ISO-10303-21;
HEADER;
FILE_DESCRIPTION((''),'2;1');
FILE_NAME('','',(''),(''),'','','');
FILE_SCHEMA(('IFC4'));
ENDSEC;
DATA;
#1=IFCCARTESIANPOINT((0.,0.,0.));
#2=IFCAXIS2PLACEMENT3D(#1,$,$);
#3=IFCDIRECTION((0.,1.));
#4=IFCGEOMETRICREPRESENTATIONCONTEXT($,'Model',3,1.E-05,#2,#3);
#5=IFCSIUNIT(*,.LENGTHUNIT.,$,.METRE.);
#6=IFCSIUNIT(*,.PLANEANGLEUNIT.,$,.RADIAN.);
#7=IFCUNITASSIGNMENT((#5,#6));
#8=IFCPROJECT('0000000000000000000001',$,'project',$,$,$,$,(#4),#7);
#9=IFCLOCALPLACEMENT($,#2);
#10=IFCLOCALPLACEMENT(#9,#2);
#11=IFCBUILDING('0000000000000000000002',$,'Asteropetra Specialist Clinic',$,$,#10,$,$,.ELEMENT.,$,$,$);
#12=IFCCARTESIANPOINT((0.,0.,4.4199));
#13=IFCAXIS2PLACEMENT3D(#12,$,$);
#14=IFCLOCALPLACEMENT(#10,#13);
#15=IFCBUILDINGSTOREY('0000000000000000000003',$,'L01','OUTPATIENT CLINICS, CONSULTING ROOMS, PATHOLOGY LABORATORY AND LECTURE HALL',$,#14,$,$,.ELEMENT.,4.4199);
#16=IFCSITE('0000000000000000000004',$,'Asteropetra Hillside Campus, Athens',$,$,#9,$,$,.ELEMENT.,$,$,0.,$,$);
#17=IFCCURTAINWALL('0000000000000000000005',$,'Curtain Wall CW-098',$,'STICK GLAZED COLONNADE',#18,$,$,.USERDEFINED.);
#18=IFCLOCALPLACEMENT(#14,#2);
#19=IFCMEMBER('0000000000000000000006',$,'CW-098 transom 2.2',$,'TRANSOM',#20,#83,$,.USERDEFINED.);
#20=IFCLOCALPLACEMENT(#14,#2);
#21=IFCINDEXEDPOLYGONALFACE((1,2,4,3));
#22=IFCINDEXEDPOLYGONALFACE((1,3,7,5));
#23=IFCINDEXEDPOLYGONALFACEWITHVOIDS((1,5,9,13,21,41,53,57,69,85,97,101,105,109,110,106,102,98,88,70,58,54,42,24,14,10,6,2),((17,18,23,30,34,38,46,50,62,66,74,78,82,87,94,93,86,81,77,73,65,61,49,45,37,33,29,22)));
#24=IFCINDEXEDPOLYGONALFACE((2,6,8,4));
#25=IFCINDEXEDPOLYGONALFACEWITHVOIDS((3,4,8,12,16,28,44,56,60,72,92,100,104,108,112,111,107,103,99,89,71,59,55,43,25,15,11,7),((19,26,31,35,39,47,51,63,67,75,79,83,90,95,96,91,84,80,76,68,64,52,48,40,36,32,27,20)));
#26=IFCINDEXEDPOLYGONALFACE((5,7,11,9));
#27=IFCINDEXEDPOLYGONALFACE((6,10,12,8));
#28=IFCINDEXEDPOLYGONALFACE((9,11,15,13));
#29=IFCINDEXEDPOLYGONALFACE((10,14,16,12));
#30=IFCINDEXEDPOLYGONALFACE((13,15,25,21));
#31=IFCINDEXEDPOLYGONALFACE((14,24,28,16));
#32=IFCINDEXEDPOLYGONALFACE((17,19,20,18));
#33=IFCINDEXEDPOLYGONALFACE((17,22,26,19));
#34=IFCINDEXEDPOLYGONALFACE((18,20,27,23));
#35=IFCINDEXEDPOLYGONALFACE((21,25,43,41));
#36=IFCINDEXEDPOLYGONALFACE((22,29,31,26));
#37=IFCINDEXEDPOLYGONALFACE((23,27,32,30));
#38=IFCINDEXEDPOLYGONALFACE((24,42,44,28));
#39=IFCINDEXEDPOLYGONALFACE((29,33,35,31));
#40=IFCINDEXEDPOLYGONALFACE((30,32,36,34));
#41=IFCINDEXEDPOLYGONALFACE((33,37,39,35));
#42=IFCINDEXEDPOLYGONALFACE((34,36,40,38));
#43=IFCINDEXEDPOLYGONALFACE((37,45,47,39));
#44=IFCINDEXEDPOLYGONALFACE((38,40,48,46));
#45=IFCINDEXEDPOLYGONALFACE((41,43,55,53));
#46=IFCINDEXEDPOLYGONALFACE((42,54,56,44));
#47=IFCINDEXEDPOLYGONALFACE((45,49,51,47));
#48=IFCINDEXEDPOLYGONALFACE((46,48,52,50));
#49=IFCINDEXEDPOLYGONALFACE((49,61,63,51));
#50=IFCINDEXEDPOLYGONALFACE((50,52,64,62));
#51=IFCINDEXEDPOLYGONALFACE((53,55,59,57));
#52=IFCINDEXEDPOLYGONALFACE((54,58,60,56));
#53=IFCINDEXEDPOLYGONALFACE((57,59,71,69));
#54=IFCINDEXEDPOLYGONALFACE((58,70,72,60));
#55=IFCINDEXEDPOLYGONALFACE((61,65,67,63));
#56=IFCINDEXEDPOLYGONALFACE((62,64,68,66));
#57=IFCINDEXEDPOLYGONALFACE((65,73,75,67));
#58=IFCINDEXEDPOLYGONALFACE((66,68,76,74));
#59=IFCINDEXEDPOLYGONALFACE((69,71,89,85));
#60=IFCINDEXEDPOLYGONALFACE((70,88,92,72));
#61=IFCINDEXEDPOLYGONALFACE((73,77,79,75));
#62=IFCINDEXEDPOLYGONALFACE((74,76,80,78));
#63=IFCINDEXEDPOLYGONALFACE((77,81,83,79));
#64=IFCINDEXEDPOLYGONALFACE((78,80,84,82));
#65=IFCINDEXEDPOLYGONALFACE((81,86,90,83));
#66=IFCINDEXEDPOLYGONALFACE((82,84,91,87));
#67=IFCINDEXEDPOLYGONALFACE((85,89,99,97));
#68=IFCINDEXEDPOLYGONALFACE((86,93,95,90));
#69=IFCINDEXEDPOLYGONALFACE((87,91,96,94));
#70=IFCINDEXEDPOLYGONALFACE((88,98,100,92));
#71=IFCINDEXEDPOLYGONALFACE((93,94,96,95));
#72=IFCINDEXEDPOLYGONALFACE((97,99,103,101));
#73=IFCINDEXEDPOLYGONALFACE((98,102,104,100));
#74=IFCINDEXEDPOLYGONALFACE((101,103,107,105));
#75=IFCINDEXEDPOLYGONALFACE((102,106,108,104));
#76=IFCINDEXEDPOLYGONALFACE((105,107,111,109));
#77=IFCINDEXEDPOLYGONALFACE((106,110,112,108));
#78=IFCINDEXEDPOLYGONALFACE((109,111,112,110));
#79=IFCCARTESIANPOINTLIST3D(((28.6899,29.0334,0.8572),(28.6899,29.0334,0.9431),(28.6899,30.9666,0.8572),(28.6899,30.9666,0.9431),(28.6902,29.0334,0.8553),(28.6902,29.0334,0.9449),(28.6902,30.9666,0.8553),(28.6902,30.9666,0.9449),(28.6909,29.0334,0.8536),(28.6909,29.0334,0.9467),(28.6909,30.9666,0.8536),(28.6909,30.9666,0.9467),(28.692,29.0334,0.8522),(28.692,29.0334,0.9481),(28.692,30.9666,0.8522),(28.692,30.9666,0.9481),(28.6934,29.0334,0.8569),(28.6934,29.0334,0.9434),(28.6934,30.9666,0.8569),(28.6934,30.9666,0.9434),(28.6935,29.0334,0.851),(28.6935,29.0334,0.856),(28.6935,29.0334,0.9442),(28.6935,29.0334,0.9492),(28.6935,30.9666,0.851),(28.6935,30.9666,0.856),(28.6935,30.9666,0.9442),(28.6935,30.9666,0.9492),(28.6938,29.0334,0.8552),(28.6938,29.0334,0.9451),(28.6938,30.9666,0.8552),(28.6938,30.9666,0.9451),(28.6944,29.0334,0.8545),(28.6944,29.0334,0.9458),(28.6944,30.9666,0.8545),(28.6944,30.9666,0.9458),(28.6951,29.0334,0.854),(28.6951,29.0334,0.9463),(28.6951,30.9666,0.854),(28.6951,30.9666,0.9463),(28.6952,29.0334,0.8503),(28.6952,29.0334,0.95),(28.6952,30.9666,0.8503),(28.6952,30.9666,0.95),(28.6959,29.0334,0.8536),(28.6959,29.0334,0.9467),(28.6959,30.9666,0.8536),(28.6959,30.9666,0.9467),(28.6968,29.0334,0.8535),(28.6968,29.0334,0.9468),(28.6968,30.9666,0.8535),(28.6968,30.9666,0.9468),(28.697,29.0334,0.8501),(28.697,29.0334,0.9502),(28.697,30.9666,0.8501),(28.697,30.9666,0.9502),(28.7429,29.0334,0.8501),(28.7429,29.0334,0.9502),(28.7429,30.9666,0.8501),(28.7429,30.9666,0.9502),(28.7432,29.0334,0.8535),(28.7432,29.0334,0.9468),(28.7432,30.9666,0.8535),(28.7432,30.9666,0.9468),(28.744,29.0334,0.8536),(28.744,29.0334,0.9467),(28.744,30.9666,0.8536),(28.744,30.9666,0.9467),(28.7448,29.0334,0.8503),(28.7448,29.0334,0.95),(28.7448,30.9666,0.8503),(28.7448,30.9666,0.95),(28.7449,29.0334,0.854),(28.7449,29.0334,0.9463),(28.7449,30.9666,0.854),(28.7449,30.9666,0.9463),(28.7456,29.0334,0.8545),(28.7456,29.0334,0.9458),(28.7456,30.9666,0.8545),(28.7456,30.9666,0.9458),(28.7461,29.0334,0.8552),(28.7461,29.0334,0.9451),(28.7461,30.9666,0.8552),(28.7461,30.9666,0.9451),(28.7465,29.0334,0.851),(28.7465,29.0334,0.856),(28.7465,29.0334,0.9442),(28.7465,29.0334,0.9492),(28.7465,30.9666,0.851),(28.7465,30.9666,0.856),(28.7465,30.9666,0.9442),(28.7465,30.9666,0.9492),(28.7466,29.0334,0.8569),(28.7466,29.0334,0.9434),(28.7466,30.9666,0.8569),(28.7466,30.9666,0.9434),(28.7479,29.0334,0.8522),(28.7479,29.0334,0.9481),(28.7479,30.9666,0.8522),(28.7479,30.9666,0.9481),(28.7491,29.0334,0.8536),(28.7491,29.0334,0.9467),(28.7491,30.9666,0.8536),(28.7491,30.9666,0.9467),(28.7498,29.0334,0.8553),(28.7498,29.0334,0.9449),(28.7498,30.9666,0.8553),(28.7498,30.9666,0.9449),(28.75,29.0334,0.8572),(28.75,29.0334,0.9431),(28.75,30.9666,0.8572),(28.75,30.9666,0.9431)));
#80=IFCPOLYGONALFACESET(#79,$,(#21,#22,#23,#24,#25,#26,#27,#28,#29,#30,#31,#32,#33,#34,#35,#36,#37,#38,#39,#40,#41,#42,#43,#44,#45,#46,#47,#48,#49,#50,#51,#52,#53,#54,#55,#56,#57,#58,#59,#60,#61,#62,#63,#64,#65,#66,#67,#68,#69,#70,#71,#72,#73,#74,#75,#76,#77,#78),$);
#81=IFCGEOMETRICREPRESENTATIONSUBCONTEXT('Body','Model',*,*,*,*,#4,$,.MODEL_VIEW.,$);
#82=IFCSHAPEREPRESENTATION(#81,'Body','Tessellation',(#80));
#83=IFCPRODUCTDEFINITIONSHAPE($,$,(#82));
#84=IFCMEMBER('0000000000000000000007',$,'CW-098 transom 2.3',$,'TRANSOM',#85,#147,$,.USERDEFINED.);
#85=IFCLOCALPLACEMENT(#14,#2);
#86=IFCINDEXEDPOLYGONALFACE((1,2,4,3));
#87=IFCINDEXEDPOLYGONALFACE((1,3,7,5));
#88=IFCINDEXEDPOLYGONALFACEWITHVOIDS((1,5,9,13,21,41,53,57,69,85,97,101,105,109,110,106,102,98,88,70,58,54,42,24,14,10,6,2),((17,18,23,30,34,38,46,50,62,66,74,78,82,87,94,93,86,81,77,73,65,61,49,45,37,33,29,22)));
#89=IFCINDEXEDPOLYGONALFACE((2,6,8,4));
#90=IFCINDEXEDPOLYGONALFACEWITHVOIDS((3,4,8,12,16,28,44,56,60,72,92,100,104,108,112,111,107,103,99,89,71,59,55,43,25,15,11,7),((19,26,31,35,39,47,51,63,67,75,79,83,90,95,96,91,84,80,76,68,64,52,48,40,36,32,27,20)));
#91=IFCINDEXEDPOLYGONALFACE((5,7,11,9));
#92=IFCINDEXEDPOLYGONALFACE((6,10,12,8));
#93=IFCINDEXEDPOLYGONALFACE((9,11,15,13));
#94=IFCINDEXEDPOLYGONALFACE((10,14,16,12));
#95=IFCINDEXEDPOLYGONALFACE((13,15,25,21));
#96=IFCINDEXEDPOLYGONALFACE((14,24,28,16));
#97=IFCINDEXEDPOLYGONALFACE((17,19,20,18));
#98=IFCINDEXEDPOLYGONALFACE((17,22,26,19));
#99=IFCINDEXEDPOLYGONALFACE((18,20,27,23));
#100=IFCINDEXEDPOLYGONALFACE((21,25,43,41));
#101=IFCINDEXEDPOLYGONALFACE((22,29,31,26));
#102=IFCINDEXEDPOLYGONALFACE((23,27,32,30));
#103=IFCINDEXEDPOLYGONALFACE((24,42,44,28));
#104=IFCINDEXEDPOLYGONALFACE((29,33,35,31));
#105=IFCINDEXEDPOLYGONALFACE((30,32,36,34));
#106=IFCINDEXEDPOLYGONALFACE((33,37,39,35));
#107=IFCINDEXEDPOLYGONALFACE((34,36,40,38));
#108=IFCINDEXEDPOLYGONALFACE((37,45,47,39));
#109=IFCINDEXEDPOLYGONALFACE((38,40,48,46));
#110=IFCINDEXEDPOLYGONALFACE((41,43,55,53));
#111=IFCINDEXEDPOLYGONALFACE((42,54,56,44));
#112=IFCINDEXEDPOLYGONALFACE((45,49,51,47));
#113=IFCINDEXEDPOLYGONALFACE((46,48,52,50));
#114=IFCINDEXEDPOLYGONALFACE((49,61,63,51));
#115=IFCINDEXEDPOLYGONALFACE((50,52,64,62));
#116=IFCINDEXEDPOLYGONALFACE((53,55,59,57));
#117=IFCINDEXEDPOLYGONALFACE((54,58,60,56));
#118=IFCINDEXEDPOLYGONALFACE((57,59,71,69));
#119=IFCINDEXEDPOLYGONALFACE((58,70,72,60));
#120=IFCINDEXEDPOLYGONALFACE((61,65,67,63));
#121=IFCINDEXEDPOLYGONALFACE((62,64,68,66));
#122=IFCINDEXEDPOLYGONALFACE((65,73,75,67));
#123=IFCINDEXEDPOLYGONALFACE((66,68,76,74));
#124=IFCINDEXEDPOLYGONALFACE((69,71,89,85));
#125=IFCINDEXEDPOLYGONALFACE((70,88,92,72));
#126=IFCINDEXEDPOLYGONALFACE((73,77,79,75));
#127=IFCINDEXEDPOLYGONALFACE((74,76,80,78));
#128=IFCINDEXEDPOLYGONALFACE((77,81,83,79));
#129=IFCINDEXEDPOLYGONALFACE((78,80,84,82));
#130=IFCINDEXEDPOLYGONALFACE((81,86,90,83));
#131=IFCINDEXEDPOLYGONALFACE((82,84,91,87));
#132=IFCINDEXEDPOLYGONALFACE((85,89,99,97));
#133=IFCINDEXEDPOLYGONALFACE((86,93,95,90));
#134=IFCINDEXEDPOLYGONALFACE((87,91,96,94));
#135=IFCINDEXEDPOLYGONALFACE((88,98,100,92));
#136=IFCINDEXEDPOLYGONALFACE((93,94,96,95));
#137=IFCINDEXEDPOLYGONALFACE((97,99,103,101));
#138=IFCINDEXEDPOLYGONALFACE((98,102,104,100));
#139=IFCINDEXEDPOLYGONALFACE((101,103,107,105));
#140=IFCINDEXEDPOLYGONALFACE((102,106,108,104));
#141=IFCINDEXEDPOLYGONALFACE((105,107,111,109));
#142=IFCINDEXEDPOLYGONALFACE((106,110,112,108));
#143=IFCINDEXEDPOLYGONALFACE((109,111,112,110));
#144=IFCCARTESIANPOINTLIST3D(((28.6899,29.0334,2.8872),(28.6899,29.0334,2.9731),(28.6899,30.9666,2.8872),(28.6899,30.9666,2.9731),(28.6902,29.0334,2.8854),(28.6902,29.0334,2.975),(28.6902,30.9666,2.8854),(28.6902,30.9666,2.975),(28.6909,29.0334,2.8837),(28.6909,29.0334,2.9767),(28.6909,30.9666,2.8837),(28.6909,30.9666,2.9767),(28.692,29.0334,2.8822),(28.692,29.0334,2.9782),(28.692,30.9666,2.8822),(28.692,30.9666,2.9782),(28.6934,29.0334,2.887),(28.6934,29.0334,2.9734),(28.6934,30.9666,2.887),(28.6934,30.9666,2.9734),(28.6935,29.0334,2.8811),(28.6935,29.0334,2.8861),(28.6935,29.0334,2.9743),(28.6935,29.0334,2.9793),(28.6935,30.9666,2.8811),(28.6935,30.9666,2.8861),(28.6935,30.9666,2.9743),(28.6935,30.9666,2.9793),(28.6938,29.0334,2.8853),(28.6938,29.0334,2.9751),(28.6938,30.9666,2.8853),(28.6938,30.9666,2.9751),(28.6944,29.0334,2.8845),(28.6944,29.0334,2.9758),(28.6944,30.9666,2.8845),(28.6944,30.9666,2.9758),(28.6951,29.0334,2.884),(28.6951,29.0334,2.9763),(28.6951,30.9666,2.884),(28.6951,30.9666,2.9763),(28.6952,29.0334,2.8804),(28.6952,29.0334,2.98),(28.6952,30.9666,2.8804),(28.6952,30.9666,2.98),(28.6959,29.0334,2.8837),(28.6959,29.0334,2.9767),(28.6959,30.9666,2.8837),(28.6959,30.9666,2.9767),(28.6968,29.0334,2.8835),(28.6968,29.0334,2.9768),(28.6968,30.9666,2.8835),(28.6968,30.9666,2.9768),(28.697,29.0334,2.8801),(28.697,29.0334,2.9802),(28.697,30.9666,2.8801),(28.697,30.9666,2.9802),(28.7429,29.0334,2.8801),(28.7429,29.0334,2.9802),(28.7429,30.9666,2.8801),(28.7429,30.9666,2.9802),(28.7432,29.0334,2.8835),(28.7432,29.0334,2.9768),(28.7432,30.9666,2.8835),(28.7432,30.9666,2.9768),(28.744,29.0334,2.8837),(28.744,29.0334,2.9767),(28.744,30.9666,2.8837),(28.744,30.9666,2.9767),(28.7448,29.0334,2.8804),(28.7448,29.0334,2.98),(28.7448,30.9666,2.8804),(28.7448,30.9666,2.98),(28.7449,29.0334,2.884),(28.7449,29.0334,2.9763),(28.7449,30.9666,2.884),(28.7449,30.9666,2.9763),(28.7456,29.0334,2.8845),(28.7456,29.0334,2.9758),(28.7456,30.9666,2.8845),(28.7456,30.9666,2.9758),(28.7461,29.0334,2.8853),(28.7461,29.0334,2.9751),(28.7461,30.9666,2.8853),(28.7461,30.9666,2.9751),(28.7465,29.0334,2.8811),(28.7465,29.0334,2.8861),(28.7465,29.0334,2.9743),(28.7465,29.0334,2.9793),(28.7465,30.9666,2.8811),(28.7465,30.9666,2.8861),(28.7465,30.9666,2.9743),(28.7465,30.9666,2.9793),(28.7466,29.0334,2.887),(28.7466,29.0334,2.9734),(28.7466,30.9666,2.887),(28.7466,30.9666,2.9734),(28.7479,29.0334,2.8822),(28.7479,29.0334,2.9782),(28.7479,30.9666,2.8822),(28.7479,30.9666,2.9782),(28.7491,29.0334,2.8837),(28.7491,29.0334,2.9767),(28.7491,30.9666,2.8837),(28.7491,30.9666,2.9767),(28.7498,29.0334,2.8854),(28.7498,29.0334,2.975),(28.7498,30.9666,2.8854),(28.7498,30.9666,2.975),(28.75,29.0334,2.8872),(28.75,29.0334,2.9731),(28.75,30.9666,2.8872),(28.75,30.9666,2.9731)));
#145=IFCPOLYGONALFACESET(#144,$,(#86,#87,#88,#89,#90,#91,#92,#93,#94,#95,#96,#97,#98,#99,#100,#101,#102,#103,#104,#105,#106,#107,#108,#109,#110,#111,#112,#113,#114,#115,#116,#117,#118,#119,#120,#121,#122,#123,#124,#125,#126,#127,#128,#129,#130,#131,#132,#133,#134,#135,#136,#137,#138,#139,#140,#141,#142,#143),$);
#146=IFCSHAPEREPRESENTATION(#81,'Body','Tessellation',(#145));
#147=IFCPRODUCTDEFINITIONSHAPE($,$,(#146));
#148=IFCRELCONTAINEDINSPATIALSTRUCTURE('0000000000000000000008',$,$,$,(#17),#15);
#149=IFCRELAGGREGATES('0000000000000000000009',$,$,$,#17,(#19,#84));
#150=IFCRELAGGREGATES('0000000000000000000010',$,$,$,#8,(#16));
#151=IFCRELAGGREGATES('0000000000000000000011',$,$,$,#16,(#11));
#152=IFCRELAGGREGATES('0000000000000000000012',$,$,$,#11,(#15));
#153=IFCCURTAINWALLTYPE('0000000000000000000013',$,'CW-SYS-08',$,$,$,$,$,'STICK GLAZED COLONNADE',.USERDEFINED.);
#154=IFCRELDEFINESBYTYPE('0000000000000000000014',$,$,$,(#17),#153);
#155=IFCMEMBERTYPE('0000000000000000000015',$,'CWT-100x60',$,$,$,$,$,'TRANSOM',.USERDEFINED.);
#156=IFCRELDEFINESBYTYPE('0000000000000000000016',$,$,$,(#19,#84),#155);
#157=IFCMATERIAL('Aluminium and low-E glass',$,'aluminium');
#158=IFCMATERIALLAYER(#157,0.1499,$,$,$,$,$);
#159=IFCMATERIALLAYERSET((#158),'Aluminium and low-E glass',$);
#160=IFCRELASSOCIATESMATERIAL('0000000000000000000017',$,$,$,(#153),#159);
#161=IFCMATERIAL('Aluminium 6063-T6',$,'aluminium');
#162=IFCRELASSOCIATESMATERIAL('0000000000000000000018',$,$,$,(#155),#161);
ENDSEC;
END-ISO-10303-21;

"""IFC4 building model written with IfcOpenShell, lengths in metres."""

from ifc_helpers import new_model, si_unit, direction, frame, origin, origin_2d, place, context, subcontext, project, spatial, hollow_rectangle, extrude, material, layer, layer_set, material_profile, profile_set, type_object, element, aggregate, save


model = new_model("IFC4")

# Units and contexts
model_context = context("Model", 3, precision=1e-05, world=origin(), true_north=direction((0.0, 1.0)))
body_context = subcontext(model_context, "Body", "Model", "MODEL_VIEW")
ifc_project = project(units=[si_unit("LENGTHUNIT", "METRE"), si_unit("PLANEANGLEUNIT", "RADIAN")], contexts=[model_context])

# Site, building, storey
site_placement = place(None, origin())
site = spatial("IfcSite", under=ifc_project, at=site_placement, Name="Asteropetra Hillside Campus, Athens", CompositionType="ELEMENT", RefElevation=0.0)
building_placement = place(site_placement, origin())
building = spatial("IfcBuilding", under=site, at=building_placement, Name="Asteropetra Specialist Clinic", CompositionType="ELEMENT")
storey_placement = place(building_placement, frame((0.0, 0.0, 4.4199)))
storey = spatial("IfcBuildingStorey", under=building, at=storey_placement, Name="L01", Description="OUTPATIENT CLINICS, CONSULTING ROOMS, PATHOLOGY LABORATORY AND LECTURE HALL", CompositionType="ELEMENT", Elevation=4.4199)

# Curtain wall, members
ifc_material_1 = material(Name="Aluminium and low-E glass", Category="aluminium")
ifc_layer_1 = layer(ifc_material_1, 0.1499)
ifc_layer_set_1 = layer_set([ifc_layer_1], Name="Aluminium and low-E glass")
curtain_wall_type = type_object("IfcCurtainWallType", Name="CW-SYS-08", ElementType="STICK GLAZED COLONNADE", PredefinedType="USERDEFINED", material=ifc_layer_set_1)
curtain_wall_placement = place(storey_placement, origin())
curtain_wall = element("IfcCurtainWall", 1, at=curtain_wall_placement, inside=storey, type_object=curtain_wall_type, Name="Curtain Wall CW-098", ObjectType="STICK GLAZED COLONNADE", PredefinedType="USERDEFINED")
ifc_material_2 = material(Name="Aluminium 6063-T6", Category="aluminium")
ifc_material_profile_1 = material_profile(ifc_material_2, hollow_rectangle(XDim=0.0601, YDim=0.1001, WallThickness=0.0034, InnerFilletRadius=0.0034, OuterFilletRadius=0.0071, at=origin_2d()), Name="TRN 100x60x3.5")
ifc_profile_set_1 = profile_set([ifc_material_profile_1], Name="Aluminium 6063-T6")
member_type_1 = type_object("IfcMemberType", Name="CWT-100x60", ElementType="TRANSOM", PredefinedType="USERDEFINED", material=ifc_profile_set_1)
member_1_placement = place(storey_placement, frame((28.72, 30.9666, 0.9001), z_axis=(0.0, -1.0, 0.0), x_axis=(1.0, 0.0, 0.0)))
member_1 = element("IfcMember", 2, at=member_1_placement, type_object=member_type_1, Name="CW-098 transom 2.2", ObjectType="TRANSOM", PredefinedType="USERDEFINED", context=body_context, shape_type="SweptSolid", body=[
    extrude(hollow_rectangle(XDim=0.0601, YDim=0.1001, WallThickness=0.0034, InnerFilletRadius=0.0034, OuterFilletRadius=0.0071, at=origin_2d()), origin(), (0.0, 0.0, 1.0), 1.9331),
])
member_2_placement = place(storey_placement, frame((28.72, 30.9666, 2.9302), z_axis=(0.0, -1.0, 0.0), x_axis=(1.0, 0.0, 0.0)))
member_2 = element("IfcMember", 3, at=member_2_placement, type_object=member_type_1, Name="CW-098 transom 2.3", ObjectType="TRANSOM", PredefinedType="USERDEFINED", context=body_context, shape_type="SweptSolid", body=[
    extrude(hollow_rectangle(XDim=0.0601, YDim=0.1001, WallThickness=0.0034, InnerFilletRadius=0.0034, OuterFilletRadius=0.0071, at=origin_2d()), origin(), (0.0, 0.0, 1.0), 1.9331),
])

aggregate(curtain_wall, [member_1, member_2])

save(model, "model.ifc")
